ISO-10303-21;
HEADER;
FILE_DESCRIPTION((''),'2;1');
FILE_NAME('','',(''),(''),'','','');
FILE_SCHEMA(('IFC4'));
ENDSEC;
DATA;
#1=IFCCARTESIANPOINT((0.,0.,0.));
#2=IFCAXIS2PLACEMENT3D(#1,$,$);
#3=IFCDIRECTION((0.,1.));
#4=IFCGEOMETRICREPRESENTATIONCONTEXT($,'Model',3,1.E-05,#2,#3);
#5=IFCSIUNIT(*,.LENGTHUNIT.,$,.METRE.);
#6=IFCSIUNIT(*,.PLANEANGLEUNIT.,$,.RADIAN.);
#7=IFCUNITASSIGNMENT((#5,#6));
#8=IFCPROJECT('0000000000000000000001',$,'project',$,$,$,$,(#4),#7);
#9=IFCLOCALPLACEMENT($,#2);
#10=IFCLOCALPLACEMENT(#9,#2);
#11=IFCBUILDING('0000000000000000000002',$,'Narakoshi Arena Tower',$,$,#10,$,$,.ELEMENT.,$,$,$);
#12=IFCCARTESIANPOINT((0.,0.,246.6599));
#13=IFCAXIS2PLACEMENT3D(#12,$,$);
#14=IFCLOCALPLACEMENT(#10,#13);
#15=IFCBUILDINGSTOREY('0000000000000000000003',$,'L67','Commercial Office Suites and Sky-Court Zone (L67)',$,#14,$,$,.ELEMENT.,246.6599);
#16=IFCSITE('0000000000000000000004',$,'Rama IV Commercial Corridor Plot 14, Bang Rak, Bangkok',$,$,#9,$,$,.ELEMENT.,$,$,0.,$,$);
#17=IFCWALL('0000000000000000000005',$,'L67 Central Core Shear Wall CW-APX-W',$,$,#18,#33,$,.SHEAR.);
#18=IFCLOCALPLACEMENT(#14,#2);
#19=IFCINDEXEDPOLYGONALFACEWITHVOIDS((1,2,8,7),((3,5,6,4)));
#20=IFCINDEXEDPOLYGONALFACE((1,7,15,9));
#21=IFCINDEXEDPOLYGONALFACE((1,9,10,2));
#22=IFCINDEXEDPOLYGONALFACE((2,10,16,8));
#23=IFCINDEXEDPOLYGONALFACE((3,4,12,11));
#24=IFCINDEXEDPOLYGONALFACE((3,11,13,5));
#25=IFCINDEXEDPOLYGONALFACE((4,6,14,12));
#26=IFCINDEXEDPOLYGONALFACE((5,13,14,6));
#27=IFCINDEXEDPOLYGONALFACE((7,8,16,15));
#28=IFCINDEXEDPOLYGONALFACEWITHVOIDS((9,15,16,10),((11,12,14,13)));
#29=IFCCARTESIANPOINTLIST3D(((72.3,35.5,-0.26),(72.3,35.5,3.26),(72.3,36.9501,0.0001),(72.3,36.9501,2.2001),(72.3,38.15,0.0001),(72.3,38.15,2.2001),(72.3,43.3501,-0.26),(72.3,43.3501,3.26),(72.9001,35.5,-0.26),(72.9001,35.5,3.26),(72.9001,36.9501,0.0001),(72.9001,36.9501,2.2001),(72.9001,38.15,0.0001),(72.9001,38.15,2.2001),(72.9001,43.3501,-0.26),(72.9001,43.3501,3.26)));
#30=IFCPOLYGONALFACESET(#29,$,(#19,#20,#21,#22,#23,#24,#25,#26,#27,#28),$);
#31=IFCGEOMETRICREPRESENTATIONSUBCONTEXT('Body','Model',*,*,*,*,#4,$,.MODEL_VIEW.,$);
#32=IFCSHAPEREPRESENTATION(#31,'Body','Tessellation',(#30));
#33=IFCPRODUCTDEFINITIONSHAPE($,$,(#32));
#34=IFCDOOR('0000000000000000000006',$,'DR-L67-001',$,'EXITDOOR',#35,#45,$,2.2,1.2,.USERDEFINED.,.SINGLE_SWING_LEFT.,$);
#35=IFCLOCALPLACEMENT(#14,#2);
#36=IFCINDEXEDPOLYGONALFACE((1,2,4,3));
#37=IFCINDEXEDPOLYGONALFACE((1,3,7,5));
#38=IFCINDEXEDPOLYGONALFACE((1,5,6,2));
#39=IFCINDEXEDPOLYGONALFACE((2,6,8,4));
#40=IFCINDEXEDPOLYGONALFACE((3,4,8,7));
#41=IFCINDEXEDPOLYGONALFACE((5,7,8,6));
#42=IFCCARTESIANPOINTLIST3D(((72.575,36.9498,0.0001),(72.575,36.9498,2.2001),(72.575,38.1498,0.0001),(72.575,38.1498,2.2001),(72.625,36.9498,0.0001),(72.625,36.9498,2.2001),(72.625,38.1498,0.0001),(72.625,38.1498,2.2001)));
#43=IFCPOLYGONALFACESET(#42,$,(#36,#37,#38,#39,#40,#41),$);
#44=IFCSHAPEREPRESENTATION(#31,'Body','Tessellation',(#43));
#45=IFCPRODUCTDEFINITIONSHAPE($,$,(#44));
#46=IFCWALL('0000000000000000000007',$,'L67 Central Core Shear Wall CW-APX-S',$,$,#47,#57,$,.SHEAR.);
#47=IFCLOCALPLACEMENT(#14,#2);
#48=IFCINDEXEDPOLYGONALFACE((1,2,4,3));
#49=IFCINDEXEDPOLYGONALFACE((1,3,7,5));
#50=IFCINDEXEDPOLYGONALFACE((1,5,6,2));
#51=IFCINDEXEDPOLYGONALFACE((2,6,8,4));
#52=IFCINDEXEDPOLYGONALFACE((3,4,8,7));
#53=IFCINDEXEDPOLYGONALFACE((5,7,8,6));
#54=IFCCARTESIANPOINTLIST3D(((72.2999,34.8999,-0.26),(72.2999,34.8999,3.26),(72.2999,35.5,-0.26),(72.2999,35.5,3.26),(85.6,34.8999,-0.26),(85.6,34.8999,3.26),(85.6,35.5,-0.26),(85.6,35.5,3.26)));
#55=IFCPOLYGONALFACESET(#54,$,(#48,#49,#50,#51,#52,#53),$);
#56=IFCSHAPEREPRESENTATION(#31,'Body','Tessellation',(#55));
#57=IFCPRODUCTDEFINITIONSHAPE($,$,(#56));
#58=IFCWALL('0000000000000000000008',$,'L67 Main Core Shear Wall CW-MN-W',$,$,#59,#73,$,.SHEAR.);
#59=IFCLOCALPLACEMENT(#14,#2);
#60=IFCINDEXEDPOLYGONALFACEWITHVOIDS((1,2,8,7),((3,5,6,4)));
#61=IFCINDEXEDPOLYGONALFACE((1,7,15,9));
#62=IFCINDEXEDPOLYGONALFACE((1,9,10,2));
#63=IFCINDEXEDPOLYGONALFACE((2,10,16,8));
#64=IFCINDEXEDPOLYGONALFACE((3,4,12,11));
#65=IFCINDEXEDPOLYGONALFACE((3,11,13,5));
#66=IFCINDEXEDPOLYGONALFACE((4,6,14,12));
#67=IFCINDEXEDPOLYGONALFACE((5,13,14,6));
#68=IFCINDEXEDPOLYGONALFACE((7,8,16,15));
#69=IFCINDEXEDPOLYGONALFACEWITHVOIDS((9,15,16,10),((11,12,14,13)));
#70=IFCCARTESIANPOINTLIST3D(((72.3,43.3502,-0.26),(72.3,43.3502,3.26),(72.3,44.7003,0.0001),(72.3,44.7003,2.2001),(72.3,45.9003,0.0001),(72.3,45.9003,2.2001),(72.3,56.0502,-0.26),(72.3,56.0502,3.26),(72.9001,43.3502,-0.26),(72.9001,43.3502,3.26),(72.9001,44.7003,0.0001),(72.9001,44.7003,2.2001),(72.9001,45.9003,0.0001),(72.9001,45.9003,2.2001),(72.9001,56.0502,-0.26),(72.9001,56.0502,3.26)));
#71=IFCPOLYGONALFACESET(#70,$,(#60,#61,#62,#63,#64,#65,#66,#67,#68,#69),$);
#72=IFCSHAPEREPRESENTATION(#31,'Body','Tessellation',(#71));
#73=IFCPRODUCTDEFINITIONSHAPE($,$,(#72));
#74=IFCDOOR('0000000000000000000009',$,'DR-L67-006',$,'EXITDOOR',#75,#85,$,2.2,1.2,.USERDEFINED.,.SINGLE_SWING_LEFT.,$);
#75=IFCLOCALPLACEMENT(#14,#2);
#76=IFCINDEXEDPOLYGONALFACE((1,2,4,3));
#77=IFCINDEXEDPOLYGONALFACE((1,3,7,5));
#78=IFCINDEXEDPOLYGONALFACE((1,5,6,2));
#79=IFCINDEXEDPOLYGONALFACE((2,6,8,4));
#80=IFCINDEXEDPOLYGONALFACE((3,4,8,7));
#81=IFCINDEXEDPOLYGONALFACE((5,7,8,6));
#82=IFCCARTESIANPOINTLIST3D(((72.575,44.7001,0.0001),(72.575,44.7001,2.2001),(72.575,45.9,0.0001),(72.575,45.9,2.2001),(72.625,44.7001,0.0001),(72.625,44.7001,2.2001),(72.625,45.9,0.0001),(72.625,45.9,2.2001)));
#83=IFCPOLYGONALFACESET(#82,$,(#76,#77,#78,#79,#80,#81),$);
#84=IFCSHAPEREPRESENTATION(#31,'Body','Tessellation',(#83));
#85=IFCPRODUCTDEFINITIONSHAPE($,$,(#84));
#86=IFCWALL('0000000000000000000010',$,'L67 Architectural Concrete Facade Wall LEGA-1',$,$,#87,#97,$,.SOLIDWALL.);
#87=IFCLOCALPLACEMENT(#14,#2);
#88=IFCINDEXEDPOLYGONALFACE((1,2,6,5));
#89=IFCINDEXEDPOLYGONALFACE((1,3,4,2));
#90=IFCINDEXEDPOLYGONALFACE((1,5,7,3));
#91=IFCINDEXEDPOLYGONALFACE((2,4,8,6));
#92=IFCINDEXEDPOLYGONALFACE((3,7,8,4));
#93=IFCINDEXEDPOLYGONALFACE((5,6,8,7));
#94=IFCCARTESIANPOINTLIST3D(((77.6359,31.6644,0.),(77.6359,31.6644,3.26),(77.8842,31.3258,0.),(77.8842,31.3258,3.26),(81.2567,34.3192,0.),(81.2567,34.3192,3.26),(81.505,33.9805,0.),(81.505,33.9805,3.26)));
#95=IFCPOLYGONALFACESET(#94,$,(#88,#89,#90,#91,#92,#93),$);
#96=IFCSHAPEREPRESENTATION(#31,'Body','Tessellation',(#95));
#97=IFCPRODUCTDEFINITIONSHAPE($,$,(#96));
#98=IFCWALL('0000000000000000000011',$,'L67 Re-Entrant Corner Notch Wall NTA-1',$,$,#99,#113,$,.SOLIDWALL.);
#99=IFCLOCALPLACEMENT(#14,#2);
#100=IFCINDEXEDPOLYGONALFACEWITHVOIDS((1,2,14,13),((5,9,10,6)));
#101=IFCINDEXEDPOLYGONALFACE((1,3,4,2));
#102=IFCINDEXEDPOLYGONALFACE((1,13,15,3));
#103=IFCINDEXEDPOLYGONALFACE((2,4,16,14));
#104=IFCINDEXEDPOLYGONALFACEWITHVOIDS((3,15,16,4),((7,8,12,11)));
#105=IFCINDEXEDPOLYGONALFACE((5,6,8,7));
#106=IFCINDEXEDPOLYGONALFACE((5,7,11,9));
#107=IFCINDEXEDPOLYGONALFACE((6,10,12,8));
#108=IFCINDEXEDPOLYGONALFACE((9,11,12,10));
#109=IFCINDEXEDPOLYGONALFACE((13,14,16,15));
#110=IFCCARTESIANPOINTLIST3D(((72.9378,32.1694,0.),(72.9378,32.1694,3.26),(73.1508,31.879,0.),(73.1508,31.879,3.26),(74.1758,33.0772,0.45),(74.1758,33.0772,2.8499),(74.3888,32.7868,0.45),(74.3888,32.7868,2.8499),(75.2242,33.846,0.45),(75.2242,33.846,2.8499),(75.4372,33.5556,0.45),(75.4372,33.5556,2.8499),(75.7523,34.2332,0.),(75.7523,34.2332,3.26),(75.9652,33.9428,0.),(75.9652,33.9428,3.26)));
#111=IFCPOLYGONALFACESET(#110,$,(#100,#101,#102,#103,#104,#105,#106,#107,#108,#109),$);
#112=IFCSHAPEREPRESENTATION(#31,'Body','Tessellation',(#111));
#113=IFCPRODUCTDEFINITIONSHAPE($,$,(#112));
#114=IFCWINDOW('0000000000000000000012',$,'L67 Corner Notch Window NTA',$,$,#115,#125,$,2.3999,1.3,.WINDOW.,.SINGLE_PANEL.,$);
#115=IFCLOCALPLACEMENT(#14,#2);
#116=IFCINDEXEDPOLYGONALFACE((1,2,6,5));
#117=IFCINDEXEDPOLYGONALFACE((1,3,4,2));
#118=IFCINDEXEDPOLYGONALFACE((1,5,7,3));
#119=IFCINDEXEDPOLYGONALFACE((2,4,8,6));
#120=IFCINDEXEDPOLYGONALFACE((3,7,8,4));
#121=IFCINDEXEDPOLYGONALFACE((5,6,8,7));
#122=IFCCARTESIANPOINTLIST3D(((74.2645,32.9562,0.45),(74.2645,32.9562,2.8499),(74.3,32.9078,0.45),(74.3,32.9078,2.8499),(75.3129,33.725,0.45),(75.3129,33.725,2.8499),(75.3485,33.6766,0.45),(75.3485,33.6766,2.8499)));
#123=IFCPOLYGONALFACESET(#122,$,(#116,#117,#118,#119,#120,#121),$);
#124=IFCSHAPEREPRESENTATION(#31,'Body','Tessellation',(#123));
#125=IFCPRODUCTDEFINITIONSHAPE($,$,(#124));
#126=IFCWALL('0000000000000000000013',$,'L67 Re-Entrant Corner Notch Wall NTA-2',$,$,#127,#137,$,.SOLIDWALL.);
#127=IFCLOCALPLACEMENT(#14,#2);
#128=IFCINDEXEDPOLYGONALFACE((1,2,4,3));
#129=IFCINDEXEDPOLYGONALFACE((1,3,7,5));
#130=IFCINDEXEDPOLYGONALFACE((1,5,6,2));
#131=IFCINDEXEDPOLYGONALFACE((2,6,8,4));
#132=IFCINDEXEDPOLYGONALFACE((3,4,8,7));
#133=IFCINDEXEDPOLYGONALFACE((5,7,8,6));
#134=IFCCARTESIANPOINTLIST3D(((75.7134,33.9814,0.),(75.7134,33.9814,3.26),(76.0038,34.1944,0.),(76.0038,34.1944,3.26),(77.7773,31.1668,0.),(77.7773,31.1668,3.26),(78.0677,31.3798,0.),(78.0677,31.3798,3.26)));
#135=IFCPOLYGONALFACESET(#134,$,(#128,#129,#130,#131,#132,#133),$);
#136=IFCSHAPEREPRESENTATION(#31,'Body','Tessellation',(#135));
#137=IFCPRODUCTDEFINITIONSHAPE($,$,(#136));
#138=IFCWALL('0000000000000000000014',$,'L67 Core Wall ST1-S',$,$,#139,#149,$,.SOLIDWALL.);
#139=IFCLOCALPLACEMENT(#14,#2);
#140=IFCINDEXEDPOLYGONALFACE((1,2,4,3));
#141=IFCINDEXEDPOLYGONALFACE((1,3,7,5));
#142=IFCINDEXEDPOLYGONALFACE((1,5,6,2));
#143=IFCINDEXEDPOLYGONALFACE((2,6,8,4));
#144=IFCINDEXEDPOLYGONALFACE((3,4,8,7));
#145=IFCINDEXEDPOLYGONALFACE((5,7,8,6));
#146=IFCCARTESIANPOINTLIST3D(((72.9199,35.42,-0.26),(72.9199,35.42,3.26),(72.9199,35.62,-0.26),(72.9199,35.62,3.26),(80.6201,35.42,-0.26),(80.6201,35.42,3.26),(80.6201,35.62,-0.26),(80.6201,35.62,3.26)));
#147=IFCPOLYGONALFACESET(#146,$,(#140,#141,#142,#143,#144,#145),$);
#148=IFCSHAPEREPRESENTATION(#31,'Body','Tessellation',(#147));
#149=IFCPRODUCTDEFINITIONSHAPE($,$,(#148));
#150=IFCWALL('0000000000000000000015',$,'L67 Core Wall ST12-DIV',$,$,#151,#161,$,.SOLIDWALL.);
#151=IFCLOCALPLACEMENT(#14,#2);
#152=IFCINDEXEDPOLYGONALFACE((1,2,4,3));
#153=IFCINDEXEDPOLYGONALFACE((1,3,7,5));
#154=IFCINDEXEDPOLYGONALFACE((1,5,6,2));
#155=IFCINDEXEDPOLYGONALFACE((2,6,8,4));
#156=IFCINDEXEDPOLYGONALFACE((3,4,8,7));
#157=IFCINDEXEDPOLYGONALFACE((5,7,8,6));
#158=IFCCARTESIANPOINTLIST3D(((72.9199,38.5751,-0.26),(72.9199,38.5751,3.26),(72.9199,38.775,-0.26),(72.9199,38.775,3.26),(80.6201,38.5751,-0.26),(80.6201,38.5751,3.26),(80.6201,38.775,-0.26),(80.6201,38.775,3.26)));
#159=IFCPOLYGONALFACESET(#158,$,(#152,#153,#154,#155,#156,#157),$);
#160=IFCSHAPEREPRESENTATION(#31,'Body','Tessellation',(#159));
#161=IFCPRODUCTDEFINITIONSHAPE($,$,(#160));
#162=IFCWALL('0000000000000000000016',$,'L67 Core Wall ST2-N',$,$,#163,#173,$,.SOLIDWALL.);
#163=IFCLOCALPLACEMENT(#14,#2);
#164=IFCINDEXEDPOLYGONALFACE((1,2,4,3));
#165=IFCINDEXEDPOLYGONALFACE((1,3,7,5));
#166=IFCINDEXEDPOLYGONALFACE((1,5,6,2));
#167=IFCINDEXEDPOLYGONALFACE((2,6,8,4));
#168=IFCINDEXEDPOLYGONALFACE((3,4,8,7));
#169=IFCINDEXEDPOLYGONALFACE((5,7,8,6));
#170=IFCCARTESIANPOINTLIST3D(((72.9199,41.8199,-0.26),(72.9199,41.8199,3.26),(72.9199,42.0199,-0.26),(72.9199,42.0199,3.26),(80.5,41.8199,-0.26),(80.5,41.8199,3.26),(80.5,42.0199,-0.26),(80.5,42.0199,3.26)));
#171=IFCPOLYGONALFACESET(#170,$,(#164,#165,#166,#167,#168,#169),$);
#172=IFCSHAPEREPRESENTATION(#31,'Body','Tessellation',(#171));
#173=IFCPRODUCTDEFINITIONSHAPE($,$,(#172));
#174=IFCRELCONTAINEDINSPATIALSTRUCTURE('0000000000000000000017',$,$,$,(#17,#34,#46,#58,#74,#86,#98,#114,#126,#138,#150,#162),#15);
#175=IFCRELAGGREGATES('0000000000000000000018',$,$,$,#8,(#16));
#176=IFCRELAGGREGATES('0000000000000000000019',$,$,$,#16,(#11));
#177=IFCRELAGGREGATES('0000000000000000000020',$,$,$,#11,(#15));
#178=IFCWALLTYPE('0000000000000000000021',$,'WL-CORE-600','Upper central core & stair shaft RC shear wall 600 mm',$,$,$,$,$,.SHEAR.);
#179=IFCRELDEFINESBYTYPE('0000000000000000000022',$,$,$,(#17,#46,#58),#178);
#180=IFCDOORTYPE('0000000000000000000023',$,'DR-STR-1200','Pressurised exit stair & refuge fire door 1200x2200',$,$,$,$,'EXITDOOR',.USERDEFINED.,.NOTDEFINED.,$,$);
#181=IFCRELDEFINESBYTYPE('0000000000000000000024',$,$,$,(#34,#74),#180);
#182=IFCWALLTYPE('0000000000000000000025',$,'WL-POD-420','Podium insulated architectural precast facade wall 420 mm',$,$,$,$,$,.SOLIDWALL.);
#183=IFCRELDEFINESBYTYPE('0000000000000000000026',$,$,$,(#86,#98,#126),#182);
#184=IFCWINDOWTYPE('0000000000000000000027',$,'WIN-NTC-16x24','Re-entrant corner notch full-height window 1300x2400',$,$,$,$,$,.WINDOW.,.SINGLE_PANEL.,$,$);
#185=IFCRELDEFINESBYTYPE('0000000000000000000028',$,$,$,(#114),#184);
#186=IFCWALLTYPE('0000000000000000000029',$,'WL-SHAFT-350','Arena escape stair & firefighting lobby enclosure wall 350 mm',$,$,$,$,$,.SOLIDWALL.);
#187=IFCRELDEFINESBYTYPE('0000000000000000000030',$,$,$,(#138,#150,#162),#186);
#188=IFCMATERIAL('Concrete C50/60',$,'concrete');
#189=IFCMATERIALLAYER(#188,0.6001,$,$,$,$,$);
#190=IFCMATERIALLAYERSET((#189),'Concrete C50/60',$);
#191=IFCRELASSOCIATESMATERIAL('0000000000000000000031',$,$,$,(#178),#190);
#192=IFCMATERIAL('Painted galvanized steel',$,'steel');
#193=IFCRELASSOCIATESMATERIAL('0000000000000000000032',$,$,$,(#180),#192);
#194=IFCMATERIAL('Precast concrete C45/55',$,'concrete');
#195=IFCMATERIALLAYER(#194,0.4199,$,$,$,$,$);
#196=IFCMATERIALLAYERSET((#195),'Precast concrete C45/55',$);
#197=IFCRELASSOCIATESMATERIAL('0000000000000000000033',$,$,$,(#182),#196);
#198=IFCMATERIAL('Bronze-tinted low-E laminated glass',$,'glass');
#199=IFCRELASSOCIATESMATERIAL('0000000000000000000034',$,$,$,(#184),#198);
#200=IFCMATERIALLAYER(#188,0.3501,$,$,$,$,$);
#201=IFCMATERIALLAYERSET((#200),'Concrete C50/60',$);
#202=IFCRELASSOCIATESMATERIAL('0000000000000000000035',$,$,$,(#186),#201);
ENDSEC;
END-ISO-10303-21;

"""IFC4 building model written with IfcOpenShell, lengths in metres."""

from ifc_helpers import new_model, si_unit, direction, frame, frame_2d, origin, place, context, subcontext, project, spatial, rectangle, extrude, material, layer, layer_set, type_object, element, fill, save


model = new_model("IFC4")

# Units and contexts
model_context = context("Model", 3, precision=1e-05, world=origin(), true_north=direction((0.0, 1.0)))
body_context = subcontext(model_context, "Body", "Model", "MODEL_VIEW")
ifc_project = project(units=[si_unit("LENGTHUNIT", "METRE"), si_unit("PLANEANGLEUNIT", "RADIAN")], contexts=[model_context])

# Site, building, storey
site_placement = place(None, origin())
site = spatial("IfcSite", under=ifc_project, at=site_placement, Name="Rama IV Commercial Corridor Plot 14, Bang Rak, Bangkok", CompositionType="ELEMENT", RefElevation=0.0)
building_placement = place(site_placement, origin())
building = spatial("IfcBuilding", under=site, at=building_placement, Name="Narakoshi Arena Tower", CompositionType="ELEMENT")
storey_placement = place(building_placement, frame((0.0, 0.0, 246.6599)))
storey = spatial("IfcBuildingStorey", under=building, at=storey_placement, Name="L67", Description="Commercial Office Suites and Sky-Court Zone (L67)", CompositionType="ELEMENT", Elevation=246.6599)

# Wall, opening, door
ifc_material_1 = material(Name="Concrete C50/60", Category="concrete")
ifc_layer_1 = layer(ifc_material_1, 0.6001)
ifc_layer_set_1 = layer_set([ifc_layer_1], Name="Concrete C50/60")
wall_type_1 = type_object("IfcWallType", Name="WL-CORE-600", Description="Upper central core & stair shaft RC shear wall 600 mm", PredefinedType="SHEAR", material=ifc_layer_set_1)
wall_1_placement = place(storey_placement, frame((72.6001, 35.5, -0.26), z_axis=(0.0, 0.0, 1.0), x_axis=(0.0, 1.0, 0.0)))
wall_1 = element("IfcWall", 1, at=wall_1_placement, inside=storey, type_object=wall_type_1, Name="L67 Central Core Shear Wall CW-APX-W", PredefinedType="SHEAR", context=body_context, shape_type="SweptSolid", body=[
    extrude(rectangle(XDim=7.8501, YDim=0.6001, at=frame_2d((3.925, 0.0))), origin(), (0.0, 0.0, 1.0), 3.52),
])
opening_1_placement = place(wall_1_placement, frame((1.45, 0.0, 0.26)))
opening_1 = element("IfcOpeningElement", 2, at=opening_1_placement, cuts=wall_1, PredefinedType="OPENING", context=body_context, shape_type="SweptSolid", body=[
    extrude(rectangle(XDim=1.2, YDim=2.2, at=frame_2d((0.6001, 1.1001))), frame((0.0, 0.3101, 0.0), z_axis=(0.0, -1.0, 0.0), x_axis=(1.0, 0.0, 0.0)), (0.0, 0.0, 1.0), 0.6201),
])
ifc_material_2 = material(Name="Painted galvanized steel", Category="steel")
door_type = type_object("IfcDoorType", Name="DR-STR-1200", Description="Pressurised exit stair & refuge fire door 1200x2200", ElementType="EXITDOOR", OperationType="NOTDEFINED", PredefinedType="USERDEFINED", material=ifc_material_2)
door_1_placement = place(opening_1_placement, frame((1.2, 0.0, 0.0), z_axis=(0.0, 0.0, 1.0), x_axis=(-1.0, 0.0, 0.0)))
door_1 = element("IfcDoor", 3, at=door_1_placement, inside=storey, type_object=door_type, Name="DR-L67-001", ObjectType="EXITDOOR", OperationType="SINGLE_SWING_LEFT", OverallHeight=2.2, OverallWidth=1.2, PredefinedType="USERDEFINED", context=body_context, shape_type="SweptSolid", body=[
    extrude(rectangle(XDim=1.2, YDim=2.2, at=frame_2d((0.6001, 1.1001))), frame((0.0, 0.0249, 0.0), z_axis=(0.0, -1.0, 0.0), x_axis=(1.0, 0.0, 0.0)), (0.0, 0.0, 1.0), 0.05),
])
fill(opening_1, door_1)

# Wall
wall_2_placement = place(storey_placement, frame((72.3, 35.2, -0.26), z_axis=(0.0, 0.0, 1.0), x_axis=(1.0, 0.0, 0.0)))
element("IfcWall", 4, at=wall_2_placement, inside=storey, type_object=wall_type_1, Name="L67 Central Core Shear Wall CW-APX-S", PredefinedType="SHEAR", context=body_context, shape_type="SweptSolid", body=[
    extrude(rectangle(XDim=13.3, YDim=0.6001, at=frame_2d((6.6499, 0.0))), origin(), (0.0, 0.0, 1.0), 3.52),
])

# Wall, opening, door
wall_3_placement = place(storey_placement, frame((72.6001, 43.3501, -0.26), z_axis=(0.0, 0.0, 1.0), x_axis=(0.0, 1.0, 0.0)))
wall_3 = element("IfcWall", 5, at=wall_3_placement, inside=storey, type_object=wall_type_1, Name="L67 Main Core Shear Wall CW-MN-W", PredefinedType="SHEAR", context=body_context, shape_type="SweptSolid", body=[
    extrude(rectangle(XDim=12.7, YDim=0.6001, at=frame_2d((6.3501, 0.0))), origin(), (0.0, 0.0, 1.0), 3.52),
])
opening_2_placement = place(wall_3_placement, frame((1.3501, 0.0, 0.26)))
opening_2 = element("IfcOpeningElement", 6, at=opening_2_placement, cuts=wall_3, PredefinedType="OPENING", context=body_context, shape_type="SweptSolid", body=[
    extrude(rectangle(XDim=1.2, YDim=2.2, at=frame_2d((0.6001, 1.1001))), frame((0.0, 0.3101, 0.0), z_axis=(0.0, -1.0, 0.0), x_axis=(1.0, 0.0, 0.0)), (0.0, 0.0, 1.0), 0.6201),
])
door_2_placement = place(opening_2_placement, frame((1.2, 0.0, 0.0), z_axis=(0.0, 0.0, 1.0), x_axis=(-1.0, 0.0, 0.0)))
door_2 = element("IfcDoor", 7, at=door_2_placement, inside=storey, type_object=door_type, Name="DR-L67-006", ObjectType="EXITDOOR", OperationType="SINGLE_SWING_LEFT", OverallHeight=2.2, OverallWidth=1.2, PredefinedType="USERDEFINED", context=body_context, shape_type="SweptSolid", body=[
    extrude(rectangle(XDim=1.2, YDim=2.2, at=frame_2d((0.6001, 1.1001))), frame((0.0, 0.0249, 0.0), z_axis=(0.0, -1.0, 0.0), x_axis=(1.0, 0.0, 0.0)), (0.0, 0.0, 1.0), 0.05),
])
fill(opening_2, door_2)

# Wall
ifc_material_3 = material(Name="Precast concrete C45/55", Category="concrete")
ifc_layer_2 = layer(ifc_material_3, 0.4199)
ifc_layer_set_2 = layer_set([ifc_layer_2], Name="Precast concrete C45/55")
wall_type_2 = type_object("IfcWallType", Name="WL-POD-420", Description="Podium insulated architectural precast facade wall 420 mm", PredefinedType="SOLIDWALL", material=ifc_layer_set_2)
wall_4_placement = place(storey_placement, frame((77.76, 31.4951, 0.0), z_axis=(0.0, 0.0, 1.0), x_axis=(0.806459, 0.591291, 0.0)))
element("IfcWall", 8, at=wall_4_placement, inside=storey, type_object=wall_type_2, Name="L67 Architectural Concrete Facade Wall LEGA-1", PredefinedType="SOLIDWALL", context=body_context, shape_type="SweptSolid", body=[
    extrude(rectangle(XDim=4.4897, YDim=0.4199, at=frame_2d((2.2449, 0.0))), origin(), (0.0, 0.0, 1.0), 3.26),
])

# Wall, opening, window
wall_5_placement = place(storey_placement, frame((73.0442, 32.0242, 0.0), z_axis=(0.0, 0.0, 1.0), x_axis=(0.806434, 0.591324, 0.0)))
wall_5 = element("IfcWall", 9, at=wall_5_placement, inside=storey, type_object=wall_type_2, Name="L67 Re-Entrant Corner Notch Wall NTA-1", PredefinedType="SOLIDWALL", context=body_context, shape_type="SweptSolid", body=[
    extrude(rectangle(XDim=3.49, YDim=0.3601, at=frame_2d((1.7451, 0.0))), origin(), (0.0, 0.0, 1.0), 3.26),
])
opening_3_placement = place(wall_5_placement, frame((1.5354, 0.0, 0.45)))
opening_3 = element("IfcOpeningElement", 10, at=opening_3_placement, cuts=wall_5, PredefinedType="OPENING", context=body_context, shape_type="SweptSolid", body=[
    extrude(rectangle(XDim=1.3, YDim=2.3999, at=frame_2d((0.6499, 1.2))), frame((0.0, 0.1899, 0.0), z_axis=(0.0, -1.0, 0.0), x_axis=(1.0, 0.0, 0.0)), (0.0, 0.0, 1.0), 0.3801),
])
ifc_material_4 = material(Name="Bronze-tinted low-E laminated glass", Category="glass")
window_type = type_object("IfcWindowType", Name="WIN-NTC-16x24", Description="Re-entrant corner notch full-height window 1300x2400", PartitioningType="SINGLE_PANEL", PredefinedType="WINDOW", material=ifc_material_4)
window_placement = place(opening_3_placement, origin())
window = element("IfcWindow", 11, at=window_placement, inside=storey, type_object=window_type, Name="L67 Corner Notch Window NTA", OverallHeight=2.3999, OverallWidth=1.3, PartitioningType="SINGLE_PANEL", PredefinedType="WINDOW", context=body_context, shape_type="SweptSolid", body=[
    extrude(rectangle(XDim=1.3, YDim=2.3999, at=frame_2d((0.6499, 1.2))), frame((0.0, 0.03, 0.0), z_axis=(0.0, -1.0, 0.0), x_axis=(1.0, 0.0, 0.0)), (0.0, 0.0, 1.0), 0.0601),
])
fill(opening_3, window)

# Walls
wall_6_placement = place(storey_placement, frame((75.8586, 34.0879, 0.0), z_axis=(0.0, 0.0, 1.0), x_axis=(0.591336, -0.806425, 0.0)))
element("IfcWall", 12, at=wall_6_placement, inside=storey, type_object=wall_type_2, Name="L67 Re-Entrant Corner Notch Wall NTA-2", PredefinedType="SOLIDWALL", context=body_context, shape_type="SweptSolid", body=[
    extrude(rectangle(XDim=3.4902, YDim=0.3601, at=frame_2d((1.7451, 0.0))), origin(), (0.0, 0.0, 1.0), 3.26),
])
ifc_layer_3 = layer(ifc_material_1, 0.3501)
ifc_layer_set_3 = layer_set([ifc_layer_3], Name="Concrete C50/60")
wall_type_3 = type_object("IfcWallType", Name="WL-SHAFT-350", Description="Arena escape stair & firefighting lobby enclosure wall 350 mm", PredefinedType="SOLIDWALL", material=ifc_layer_set_3)
for number, where, z_axis, x_axis, name in (
    (13, (72.9199, 35.52, -0.26), (0.0, 0.0, 1.0), (1.0, 0.0, 0.0), "L67 Core Wall ST1-S"),
    (14, (72.9199, 38.675, -0.26), (0.0, 0.0, 1.0), (1.0, 0.0, 0.0), "L67 Core Wall ST12-DIV"),
):
    element("IfcWall", number, at=place(storey_placement, frame(where, z_axis=z_axis, x_axis=x_axis)), inside=storey, type_object=wall_type_3, Name=name, PredefinedType="SOLIDWALL", context=body_context, shape_type="SweptSolid", body=[
        extrude(rectangle(XDim=7.7002, YDim=0.2, at=frame_2d((3.8501, 0.0))), origin(), (0.0, 0.0, 1.0), 3.52),
    ])
wall_7_placement = place(storey_placement, frame((72.9199, 41.9199, -0.26), z_axis=(0.0, 0.0, 1.0), x_axis=(1.0, 0.0, 0.0)))
element("IfcWall", 15, at=wall_7_placement, inside=storey, type_object=wall_type_3, Name="L67 Core Wall ST2-N", PredefinedType="SOLIDWALL", context=body_context, shape_type="SweptSolid", body=[
    extrude(rectangle(XDim=7.5801, YDim=0.2, at=frame_2d((3.79, 0.0))), origin(), (0.0, 0.0, 1.0), 3.52),
])

save(model, "model.ifc")
